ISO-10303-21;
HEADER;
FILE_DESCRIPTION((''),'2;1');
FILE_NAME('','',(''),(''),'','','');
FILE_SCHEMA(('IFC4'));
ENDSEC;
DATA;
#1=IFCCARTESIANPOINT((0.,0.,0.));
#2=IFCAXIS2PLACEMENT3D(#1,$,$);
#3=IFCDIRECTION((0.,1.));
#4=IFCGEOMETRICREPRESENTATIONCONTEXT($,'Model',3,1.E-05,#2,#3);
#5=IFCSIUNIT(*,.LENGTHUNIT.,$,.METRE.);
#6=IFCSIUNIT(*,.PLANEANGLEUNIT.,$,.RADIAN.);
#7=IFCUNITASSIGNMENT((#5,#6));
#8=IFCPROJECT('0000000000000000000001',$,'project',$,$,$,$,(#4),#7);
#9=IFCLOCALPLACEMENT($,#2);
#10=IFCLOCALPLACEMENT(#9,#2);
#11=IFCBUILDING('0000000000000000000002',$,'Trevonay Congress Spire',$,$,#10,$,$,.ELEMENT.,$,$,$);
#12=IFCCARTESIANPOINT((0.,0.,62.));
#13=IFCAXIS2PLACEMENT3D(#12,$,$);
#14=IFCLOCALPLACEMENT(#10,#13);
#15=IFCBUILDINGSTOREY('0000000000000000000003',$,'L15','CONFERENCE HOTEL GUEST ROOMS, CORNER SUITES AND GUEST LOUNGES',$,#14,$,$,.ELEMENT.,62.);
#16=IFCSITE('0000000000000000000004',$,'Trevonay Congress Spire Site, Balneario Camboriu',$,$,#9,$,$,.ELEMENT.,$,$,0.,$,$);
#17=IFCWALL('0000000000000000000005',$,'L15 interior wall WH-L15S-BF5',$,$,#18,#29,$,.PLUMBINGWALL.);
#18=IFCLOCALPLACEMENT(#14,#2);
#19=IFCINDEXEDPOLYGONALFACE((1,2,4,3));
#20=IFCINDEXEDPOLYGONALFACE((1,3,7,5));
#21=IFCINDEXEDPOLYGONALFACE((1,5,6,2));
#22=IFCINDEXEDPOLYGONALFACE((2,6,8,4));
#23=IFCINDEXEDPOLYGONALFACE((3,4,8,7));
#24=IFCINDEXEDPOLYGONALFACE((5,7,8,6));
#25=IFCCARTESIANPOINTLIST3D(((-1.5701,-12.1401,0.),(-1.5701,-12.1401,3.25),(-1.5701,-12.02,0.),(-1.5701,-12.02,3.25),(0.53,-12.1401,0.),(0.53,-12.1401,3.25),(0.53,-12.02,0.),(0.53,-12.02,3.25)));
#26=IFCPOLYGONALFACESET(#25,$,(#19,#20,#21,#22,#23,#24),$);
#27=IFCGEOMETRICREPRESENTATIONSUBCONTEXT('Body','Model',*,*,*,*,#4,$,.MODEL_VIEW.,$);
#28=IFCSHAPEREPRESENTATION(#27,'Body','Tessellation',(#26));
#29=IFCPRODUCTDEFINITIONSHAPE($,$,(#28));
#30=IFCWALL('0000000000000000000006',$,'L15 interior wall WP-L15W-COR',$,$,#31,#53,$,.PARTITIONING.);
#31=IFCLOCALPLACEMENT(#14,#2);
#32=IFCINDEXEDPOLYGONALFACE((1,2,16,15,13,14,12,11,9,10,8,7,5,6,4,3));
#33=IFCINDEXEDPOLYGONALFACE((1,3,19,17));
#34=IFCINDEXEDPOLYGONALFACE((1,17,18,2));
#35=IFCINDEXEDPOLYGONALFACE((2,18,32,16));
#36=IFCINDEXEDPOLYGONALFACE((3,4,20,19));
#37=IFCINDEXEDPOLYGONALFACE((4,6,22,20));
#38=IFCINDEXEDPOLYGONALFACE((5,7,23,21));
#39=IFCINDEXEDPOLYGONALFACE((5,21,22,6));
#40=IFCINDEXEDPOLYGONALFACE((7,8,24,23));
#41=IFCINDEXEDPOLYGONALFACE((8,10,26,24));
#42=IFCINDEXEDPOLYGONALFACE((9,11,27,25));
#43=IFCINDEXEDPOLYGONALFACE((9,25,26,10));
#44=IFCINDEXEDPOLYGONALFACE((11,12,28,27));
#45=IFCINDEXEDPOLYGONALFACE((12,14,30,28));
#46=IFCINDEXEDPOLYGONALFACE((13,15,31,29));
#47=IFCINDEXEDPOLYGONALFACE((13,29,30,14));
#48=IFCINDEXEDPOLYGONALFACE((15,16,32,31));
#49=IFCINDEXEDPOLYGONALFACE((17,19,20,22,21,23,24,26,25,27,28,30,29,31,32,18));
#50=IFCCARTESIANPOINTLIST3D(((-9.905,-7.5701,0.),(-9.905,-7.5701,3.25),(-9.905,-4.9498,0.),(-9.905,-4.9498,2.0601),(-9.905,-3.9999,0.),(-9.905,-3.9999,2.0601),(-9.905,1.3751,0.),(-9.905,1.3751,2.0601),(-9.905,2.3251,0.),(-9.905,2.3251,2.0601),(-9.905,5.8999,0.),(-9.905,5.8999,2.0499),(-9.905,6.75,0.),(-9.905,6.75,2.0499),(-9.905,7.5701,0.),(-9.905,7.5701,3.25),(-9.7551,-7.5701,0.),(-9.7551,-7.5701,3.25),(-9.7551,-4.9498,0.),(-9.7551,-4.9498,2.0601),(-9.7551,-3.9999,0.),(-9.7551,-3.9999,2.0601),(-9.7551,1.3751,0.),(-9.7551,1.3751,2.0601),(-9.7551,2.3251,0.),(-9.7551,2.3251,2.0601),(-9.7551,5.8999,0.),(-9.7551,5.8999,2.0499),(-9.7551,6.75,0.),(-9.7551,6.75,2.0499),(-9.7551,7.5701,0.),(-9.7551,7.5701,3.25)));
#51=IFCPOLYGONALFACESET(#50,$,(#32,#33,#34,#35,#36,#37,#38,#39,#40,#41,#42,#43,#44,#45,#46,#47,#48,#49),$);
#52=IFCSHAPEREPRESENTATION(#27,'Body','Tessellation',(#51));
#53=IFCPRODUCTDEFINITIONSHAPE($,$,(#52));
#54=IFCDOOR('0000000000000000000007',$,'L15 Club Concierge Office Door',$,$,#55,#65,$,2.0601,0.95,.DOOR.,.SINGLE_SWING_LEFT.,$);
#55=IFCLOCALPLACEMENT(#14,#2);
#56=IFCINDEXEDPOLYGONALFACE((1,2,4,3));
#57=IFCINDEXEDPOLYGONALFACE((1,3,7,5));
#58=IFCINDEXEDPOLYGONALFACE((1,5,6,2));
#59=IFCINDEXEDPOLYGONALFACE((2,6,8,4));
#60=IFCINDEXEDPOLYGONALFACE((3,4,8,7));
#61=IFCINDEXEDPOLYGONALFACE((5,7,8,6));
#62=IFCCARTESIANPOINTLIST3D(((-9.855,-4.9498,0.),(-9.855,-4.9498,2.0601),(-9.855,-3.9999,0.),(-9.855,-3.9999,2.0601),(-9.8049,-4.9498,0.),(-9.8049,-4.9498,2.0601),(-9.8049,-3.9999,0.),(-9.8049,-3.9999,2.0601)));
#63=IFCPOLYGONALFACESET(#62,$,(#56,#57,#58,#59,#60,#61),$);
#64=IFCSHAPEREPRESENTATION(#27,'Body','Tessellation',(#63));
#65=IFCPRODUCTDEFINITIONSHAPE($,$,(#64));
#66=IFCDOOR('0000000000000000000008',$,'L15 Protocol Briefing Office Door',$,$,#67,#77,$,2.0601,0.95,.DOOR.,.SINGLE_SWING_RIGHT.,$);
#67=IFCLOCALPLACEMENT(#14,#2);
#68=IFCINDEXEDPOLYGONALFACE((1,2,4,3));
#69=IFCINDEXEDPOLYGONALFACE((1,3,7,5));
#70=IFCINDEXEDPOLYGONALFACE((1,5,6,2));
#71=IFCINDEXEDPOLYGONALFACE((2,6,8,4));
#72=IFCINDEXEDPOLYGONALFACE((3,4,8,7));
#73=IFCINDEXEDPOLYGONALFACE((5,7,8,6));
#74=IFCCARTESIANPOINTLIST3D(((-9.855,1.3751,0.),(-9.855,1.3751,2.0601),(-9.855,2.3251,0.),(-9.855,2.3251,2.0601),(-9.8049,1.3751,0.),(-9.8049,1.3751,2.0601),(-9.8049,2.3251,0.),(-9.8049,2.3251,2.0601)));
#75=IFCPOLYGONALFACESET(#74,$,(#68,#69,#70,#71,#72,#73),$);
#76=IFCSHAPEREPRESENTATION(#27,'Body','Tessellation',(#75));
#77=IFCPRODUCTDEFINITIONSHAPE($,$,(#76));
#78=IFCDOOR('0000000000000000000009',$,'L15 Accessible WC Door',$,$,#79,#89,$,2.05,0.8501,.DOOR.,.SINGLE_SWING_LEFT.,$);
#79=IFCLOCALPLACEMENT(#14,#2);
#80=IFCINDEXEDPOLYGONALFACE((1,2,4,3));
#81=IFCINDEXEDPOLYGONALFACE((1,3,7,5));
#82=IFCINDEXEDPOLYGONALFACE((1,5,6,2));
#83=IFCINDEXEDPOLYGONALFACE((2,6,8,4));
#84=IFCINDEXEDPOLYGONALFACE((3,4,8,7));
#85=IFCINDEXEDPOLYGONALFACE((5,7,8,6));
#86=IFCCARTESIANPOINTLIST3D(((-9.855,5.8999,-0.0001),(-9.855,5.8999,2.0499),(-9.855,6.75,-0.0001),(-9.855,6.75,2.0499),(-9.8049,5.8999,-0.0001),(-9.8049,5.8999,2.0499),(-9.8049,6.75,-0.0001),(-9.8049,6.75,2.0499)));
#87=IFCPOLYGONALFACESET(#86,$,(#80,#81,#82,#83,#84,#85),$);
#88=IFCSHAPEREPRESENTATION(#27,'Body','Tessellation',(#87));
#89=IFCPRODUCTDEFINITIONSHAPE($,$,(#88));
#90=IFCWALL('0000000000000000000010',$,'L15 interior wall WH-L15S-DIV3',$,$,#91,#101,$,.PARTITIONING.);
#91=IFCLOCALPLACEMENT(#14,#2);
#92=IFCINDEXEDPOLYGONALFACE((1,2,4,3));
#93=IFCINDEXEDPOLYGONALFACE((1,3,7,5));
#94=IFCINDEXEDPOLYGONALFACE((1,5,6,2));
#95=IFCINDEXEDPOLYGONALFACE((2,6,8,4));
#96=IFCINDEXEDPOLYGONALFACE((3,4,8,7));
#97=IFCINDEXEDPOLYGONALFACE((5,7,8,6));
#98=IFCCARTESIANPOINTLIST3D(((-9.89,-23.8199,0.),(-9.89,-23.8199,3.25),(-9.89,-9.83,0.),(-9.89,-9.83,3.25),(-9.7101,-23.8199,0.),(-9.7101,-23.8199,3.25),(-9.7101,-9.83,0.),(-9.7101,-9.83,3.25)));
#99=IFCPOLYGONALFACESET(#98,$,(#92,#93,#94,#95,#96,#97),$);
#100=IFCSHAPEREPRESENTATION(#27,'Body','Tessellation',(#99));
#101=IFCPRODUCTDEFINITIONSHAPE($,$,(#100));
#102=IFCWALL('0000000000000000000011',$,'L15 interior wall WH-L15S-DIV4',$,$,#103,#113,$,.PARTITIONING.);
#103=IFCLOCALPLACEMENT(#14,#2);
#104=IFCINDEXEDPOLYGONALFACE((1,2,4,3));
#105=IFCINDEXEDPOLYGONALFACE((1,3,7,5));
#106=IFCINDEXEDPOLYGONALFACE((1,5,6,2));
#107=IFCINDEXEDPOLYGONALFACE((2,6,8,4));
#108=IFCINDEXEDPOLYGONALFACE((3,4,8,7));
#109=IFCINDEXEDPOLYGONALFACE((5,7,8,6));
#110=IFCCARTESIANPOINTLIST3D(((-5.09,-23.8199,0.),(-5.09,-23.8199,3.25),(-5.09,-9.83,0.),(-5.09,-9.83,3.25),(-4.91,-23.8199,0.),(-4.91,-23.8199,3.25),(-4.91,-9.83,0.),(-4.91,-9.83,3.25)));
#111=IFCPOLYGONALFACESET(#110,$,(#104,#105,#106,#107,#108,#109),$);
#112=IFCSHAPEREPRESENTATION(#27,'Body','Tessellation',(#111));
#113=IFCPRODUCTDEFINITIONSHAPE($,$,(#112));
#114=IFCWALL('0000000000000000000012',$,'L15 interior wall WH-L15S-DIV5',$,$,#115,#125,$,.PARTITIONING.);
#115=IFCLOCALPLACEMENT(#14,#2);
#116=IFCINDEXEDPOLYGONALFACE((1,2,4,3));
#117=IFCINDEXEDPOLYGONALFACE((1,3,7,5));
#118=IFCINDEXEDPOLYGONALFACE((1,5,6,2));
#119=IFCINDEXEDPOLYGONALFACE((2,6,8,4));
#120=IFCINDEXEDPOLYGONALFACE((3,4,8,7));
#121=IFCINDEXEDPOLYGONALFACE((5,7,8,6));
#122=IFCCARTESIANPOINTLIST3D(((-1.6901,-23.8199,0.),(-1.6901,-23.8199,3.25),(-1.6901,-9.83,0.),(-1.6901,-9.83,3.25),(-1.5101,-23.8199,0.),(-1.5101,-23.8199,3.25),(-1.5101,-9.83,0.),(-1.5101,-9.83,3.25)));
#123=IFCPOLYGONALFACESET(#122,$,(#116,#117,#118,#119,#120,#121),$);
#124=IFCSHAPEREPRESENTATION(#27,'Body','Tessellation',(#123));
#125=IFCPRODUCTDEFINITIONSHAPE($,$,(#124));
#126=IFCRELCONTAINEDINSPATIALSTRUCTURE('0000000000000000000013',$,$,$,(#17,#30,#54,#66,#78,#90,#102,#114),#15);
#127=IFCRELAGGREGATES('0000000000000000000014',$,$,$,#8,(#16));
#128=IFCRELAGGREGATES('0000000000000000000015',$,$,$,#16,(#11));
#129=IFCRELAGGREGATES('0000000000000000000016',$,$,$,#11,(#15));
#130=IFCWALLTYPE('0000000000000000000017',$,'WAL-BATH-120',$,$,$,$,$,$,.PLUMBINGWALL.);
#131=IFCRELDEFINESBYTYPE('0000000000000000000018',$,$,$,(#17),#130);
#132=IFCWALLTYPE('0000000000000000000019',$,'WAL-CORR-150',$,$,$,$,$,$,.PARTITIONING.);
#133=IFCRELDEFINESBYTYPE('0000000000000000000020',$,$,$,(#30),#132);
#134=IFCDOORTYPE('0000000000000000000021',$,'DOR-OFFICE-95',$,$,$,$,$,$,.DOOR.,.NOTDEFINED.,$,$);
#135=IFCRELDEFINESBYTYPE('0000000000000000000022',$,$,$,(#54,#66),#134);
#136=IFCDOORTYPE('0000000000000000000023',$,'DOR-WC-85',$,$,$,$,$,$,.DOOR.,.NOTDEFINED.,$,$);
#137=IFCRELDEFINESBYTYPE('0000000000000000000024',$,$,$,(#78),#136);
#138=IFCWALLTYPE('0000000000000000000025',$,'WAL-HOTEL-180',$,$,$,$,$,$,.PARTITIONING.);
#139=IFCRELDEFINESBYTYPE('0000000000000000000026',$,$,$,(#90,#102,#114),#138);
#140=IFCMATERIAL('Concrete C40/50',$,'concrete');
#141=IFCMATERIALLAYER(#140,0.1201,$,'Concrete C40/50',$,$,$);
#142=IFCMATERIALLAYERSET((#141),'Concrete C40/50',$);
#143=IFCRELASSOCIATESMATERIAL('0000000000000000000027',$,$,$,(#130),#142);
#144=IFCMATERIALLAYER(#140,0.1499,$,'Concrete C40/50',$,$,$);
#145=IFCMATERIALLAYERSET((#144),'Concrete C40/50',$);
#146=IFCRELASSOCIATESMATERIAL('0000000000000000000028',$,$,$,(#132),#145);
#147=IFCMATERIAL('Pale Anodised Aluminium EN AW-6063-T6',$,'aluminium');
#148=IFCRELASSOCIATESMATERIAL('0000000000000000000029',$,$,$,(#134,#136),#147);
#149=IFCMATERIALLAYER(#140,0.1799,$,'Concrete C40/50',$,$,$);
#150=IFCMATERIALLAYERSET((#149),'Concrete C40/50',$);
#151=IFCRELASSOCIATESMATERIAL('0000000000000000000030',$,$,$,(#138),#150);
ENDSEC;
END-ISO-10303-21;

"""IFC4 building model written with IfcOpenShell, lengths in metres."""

from ifc_helpers import new_model, si_unit, direction, frame, frame_2d, origin, place, context, subcontext, project, spatial, rectangle, extrude, material, layer, layer_set, type_object, element, fill, save


model = new_model("IFC4")

# Units and contexts
model_context = context("Model", 3, precision=1e-05, world=origin(), true_north=direction((0.0, 1.0)))
body_context = subcontext(model_context, "Body", "Model", "MODEL_VIEW")
ifc_project = project(units=[si_unit("LENGTHUNIT", "METRE"), si_unit("PLANEANGLEUNIT", "RADIAN")], contexts=[model_context])

# Site, building, storey
site_placement = place(None, origin())
site = spatial("IfcSite", under=ifc_project, at=site_placement, Name="Trevonay Congress Spire Site, Balneario Camboriu", CompositionType="ELEMENT", RefElevation=0.0)
building_placement = place(site_placement, origin())
building = spatial("IfcBuilding", under=site, at=building_placement, Name="Trevonay Congress Spire", CompositionType="ELEMENT")
storey_placement = place(building_placement, frame((0.0, 0.0, 62.0)))
storey = spatial("IfcBuildingStorey", under=building, at=storey_placement, Name="L15", Description="CONFERENCE HOTEL GUEST ROOMS, CORNER SUITES AND GUEST LOUNGES", CompositionType="ELEMENT", Elevation=62.0)

# Shared definitions
ifc_material_1 = material(Name="Pale Anodised Aluminium EN AW-6063-T6", Category="aluminium")

# Shared definitions
ifc_material_2 = material(Name="Concrete C40/50", Category="concrete")
ifc_layer_1 = layer(ifc_material_2, 0.1201, Name="Concrete C40/50")
ifc_layer_set_1 = layer_set([ifc_layer_1], Name="Concrete C40/50")
wall_type_1 = type_object("IfcWallType", Name="WAL-BATH-120", PredefinedType="PLUMBINGWALL", material=ifc_layer_set_1)

# Wall
wall_1_placement = place(storey_placement, frame((-1.5701, -12.0801, 0.0), z_axis=(0.0, 0.0, 1.0), x_axis=(1.0, 0.0, 0.0)))
element("IfcWall", 1, at=wall_1_placement, inside=storey, type_object=wall_type_1, Name="L15 interior wall WH-L15S-BF5", PredefinedType="PLUMBINGWALL", context=body_context, shape_type="SweptSolid", body=[
    extrude(rectangle(XDim=2.1001, YDim=0.1201, at=frame_2d((1.05, 0.0))), origin(), (0.0, 0.0, 1.0), 3.25),
])

# Wall, openings, doors
ifc_layer_2 = layer(ifc_material_2, 0.1499, Name="Concrete C40/50")
ifc_layer_set_2 = layer_set([ifc_layer_2], Name="Concrete C40/50")
wall_type_2 = type_object("IfcWallType", Name="WAL-CORR-150", PredefinedType="PARTITIONING", material=ifc_layer_set_2)
wall_2_placement = place(storey_placement, frame((-9.8301, -7.5701, 0.0), z_axis=(0.0, 0.0, 1.0), x_axis=(0.0, 1.0, 0.0)))
wall_2 = element("IfcWall", 2, at=wall_2_placement, inside=storey, type_object=wall_type_2, Name="L15 interior wall WP-L15W-COR", PredefinedType="PARTITIONING", context=body_context, shape_type="SweptSolid", body=[
    extrude(rectangle(XDim=15.1401, YDim=0.1499, at=frame_2d((7.5701, 0.0))), origin(), (0.0, 0.0, 1.0), 3.25),
])
opening_1_placement = place(wall_2_placement, frame((2.6201, 0.0, 0.0)))
opening_1 = element("IfcOpeningElement", 3, at=opening_1_placement, cuts=wall_2, PredefinedType="OPENING", context=body_context, shape_type="SweptSolid", body=[
    extrude(rectangle(XDim=0.95, YDim=2.0601, at=frame_2d((0.4751, 1.03))), frame((0.0, 0.085, 0.0), z_axis=(0.0, -1.0, 0.0), x_axis=(1.0, 0.0, 0.0)), (0.0, 0.0, 1.0), 0.1699),
])
opening_2_placement = place(wall_2_placement, frame((8.9451, 0.0, 0.0)))
opening_2 = element("IfcOpeningElement", 4, at=opening_2_placement, cuts=wall_2, PredefinedType="OPENING", context=body_context, shape_type="SweptSolid", body=[
    extrude(rectangle(XDim=0.95, YDim=2.0601, at=frame_2d((0.4751, 1.03))), frame((0.0, 0.085, 0.0), z_axis=(0.0, -1.0, 0.0), x_axis=(1.0, 0.0, 0.0)), (0.0, 0.0, 1.0), 0.1699),
])
opening_3_placement = place(wall_2_placement, frame((13.47, 0.0, 0.0)))
opening_3 = element("IfcOpeningElement", 5, at=opening_3_placement, cuts=wall_2, PredefinedType="OPENING", context=body_context, shape_type="SweptSolid", body=[
    extrude(rectangle(XDim=0.8501, YDim=2.05, at=frame_2d((0.425, 1.0249))), frame((0.0, 0.085, 0.0), z_axis=(0.0, -1.0, 0.0), x_axis=(1.0, 0.0, 0.0)), (0.0, 0.0, 1.0), 0.1699),
])
door_type_1 = type_object("IfcDoorType", Name="DOR-OFFICE-95", OperationType="NOTDEFINED", PredefinedType="DOOR", material=ifc_material_1)
door_1_placement = place(opening_1_placement, origin())
door_1 = element("IfcDoor", 6, at=door_1_placement, inside=storey, type_object=door_type_1, Name="L15 Club Concierge Office Door", OperationType="SINGLE_SWING_LEFT", OverallHeight=2.0601, OverallWidth=0.95, PredefinedType="DOOR", context=body_context, shape_type="SweptSolid", body=[
    extrude(rectangle(XDim=0.95, YDim=2.0601, at=frame_2d((0.4751, 1.03))), frame((0.0, 0.0249, 0.0), z_axis=(0.0, -1.0, 0.0), x_axis=(1.0, 0.0, 0.0)), (0.0, 0.0, 1.0), 0.05),
])
fill(opening_1, door_1)
door_2_placement = place(opening_2_placement, origin())
door_2 = element("IfcDoor", 7, at=door_2_placement, inside=storey, type_object=door_type_1, Name="L15 Protocol Briefing Office Door", OperationType="SINGLE_SWING_RIGHT", OverallHeight=2.0601, OverallWidth=0.95, PredefinedType="DOOR", context=body_context, shape_type="SweptSolid", body=[
    extrude(rectangle(XDim=0.95, YDim=2.0601, at=frame_2d((0.4751, 1.03))), frame((0.0, 0.0249, 0.0), z_axis=(0.0, -1.0, 0.0), x_axis=(1.0, 0.0, 0.0)), (0.0, 0.0, 1.0), 0.05),
])
fill(opening_2, door_2)
door_type_2 = type_object("IfcDoorType", Name="DOR-WC-85", OperationType="NOTDEFINED", PredefinedType="DOOR", material=ifc_material_1)
door_3_placement = place(opening_3_placement, origin())
door_3 = element("IfcDoor", 8, at=door_3_placement, inside=storey, type_object=door_type_2, Name="L15 Accessible WC Door", OperationType="SINGLE_SWING_LEFT", OverallHeight=2.05, OverallWidth=0.8501, PredefinedType="DOOR", context=body_context, shape_type="SweptSolid", body=[
    extrude(rectangle(XDim=0.8501, YDim=2.05, at=frame_2d((0.425, 1.0249))), frame((0.0, 0.0249, 0.0), z_axis=(0.0, -1.0, 0.0), x_axis=(1.0, 0.0, 0.0)), (0.0, 0.0, 1.0), 0.05),
])
fill(opening_3, door_3)

# Walls
ifc_layer_3 = layer(ifc_material_2, 0.1799, Name="Concrete C40/50")
ifc_layer_set_3 = layer_set([ifc_layer_3], Name="Concrete C40/50")
wall_type_3 = type_object("IfcWallType", Name="WAL-HOTEL-180", PredefinedType="PARTITIONING", material=ifc_layer_set_3)
for number, where, z_axis, x_axis, name in (
    (9, (-9.8, -23.8201, 0.0), (0.0, 0.0, 1.0), (0.0, 1.0, 0.0), "L15 interior wall WH-L15S-DIV3"),
    (10, (-5.0, -23.8201, 0.0), (0.0, 0.0, 1.0), (0.0, 1.0, 0.0), "L15 interior wall WH-L15S-DIV4"),
    (11, (-1.6001, -23.8201, 0.0), (0.0, 0.0, 1.0), (0.0, 1.0, 0.0), "L15 interior wall WH-L15S-DIV5"),
):
    element("IfcWall", number, at=place(storey_placement, frame(where, z_axis=z_axis, x_axis=x_axis)), inside=storey, type_object=wall_type_3, Name=name, PredefinedType="PARTITIONING", context=body_context, shape_type="SweptSolid", body=[
        extrude(rectangle(XDim=13.99, YDim=0.1799, at=frame_2d((6.9951, 0.0))), origin(), (0.0, 0.0, 1.0), 3.25),
    ])

save(model, "model.ifc")
